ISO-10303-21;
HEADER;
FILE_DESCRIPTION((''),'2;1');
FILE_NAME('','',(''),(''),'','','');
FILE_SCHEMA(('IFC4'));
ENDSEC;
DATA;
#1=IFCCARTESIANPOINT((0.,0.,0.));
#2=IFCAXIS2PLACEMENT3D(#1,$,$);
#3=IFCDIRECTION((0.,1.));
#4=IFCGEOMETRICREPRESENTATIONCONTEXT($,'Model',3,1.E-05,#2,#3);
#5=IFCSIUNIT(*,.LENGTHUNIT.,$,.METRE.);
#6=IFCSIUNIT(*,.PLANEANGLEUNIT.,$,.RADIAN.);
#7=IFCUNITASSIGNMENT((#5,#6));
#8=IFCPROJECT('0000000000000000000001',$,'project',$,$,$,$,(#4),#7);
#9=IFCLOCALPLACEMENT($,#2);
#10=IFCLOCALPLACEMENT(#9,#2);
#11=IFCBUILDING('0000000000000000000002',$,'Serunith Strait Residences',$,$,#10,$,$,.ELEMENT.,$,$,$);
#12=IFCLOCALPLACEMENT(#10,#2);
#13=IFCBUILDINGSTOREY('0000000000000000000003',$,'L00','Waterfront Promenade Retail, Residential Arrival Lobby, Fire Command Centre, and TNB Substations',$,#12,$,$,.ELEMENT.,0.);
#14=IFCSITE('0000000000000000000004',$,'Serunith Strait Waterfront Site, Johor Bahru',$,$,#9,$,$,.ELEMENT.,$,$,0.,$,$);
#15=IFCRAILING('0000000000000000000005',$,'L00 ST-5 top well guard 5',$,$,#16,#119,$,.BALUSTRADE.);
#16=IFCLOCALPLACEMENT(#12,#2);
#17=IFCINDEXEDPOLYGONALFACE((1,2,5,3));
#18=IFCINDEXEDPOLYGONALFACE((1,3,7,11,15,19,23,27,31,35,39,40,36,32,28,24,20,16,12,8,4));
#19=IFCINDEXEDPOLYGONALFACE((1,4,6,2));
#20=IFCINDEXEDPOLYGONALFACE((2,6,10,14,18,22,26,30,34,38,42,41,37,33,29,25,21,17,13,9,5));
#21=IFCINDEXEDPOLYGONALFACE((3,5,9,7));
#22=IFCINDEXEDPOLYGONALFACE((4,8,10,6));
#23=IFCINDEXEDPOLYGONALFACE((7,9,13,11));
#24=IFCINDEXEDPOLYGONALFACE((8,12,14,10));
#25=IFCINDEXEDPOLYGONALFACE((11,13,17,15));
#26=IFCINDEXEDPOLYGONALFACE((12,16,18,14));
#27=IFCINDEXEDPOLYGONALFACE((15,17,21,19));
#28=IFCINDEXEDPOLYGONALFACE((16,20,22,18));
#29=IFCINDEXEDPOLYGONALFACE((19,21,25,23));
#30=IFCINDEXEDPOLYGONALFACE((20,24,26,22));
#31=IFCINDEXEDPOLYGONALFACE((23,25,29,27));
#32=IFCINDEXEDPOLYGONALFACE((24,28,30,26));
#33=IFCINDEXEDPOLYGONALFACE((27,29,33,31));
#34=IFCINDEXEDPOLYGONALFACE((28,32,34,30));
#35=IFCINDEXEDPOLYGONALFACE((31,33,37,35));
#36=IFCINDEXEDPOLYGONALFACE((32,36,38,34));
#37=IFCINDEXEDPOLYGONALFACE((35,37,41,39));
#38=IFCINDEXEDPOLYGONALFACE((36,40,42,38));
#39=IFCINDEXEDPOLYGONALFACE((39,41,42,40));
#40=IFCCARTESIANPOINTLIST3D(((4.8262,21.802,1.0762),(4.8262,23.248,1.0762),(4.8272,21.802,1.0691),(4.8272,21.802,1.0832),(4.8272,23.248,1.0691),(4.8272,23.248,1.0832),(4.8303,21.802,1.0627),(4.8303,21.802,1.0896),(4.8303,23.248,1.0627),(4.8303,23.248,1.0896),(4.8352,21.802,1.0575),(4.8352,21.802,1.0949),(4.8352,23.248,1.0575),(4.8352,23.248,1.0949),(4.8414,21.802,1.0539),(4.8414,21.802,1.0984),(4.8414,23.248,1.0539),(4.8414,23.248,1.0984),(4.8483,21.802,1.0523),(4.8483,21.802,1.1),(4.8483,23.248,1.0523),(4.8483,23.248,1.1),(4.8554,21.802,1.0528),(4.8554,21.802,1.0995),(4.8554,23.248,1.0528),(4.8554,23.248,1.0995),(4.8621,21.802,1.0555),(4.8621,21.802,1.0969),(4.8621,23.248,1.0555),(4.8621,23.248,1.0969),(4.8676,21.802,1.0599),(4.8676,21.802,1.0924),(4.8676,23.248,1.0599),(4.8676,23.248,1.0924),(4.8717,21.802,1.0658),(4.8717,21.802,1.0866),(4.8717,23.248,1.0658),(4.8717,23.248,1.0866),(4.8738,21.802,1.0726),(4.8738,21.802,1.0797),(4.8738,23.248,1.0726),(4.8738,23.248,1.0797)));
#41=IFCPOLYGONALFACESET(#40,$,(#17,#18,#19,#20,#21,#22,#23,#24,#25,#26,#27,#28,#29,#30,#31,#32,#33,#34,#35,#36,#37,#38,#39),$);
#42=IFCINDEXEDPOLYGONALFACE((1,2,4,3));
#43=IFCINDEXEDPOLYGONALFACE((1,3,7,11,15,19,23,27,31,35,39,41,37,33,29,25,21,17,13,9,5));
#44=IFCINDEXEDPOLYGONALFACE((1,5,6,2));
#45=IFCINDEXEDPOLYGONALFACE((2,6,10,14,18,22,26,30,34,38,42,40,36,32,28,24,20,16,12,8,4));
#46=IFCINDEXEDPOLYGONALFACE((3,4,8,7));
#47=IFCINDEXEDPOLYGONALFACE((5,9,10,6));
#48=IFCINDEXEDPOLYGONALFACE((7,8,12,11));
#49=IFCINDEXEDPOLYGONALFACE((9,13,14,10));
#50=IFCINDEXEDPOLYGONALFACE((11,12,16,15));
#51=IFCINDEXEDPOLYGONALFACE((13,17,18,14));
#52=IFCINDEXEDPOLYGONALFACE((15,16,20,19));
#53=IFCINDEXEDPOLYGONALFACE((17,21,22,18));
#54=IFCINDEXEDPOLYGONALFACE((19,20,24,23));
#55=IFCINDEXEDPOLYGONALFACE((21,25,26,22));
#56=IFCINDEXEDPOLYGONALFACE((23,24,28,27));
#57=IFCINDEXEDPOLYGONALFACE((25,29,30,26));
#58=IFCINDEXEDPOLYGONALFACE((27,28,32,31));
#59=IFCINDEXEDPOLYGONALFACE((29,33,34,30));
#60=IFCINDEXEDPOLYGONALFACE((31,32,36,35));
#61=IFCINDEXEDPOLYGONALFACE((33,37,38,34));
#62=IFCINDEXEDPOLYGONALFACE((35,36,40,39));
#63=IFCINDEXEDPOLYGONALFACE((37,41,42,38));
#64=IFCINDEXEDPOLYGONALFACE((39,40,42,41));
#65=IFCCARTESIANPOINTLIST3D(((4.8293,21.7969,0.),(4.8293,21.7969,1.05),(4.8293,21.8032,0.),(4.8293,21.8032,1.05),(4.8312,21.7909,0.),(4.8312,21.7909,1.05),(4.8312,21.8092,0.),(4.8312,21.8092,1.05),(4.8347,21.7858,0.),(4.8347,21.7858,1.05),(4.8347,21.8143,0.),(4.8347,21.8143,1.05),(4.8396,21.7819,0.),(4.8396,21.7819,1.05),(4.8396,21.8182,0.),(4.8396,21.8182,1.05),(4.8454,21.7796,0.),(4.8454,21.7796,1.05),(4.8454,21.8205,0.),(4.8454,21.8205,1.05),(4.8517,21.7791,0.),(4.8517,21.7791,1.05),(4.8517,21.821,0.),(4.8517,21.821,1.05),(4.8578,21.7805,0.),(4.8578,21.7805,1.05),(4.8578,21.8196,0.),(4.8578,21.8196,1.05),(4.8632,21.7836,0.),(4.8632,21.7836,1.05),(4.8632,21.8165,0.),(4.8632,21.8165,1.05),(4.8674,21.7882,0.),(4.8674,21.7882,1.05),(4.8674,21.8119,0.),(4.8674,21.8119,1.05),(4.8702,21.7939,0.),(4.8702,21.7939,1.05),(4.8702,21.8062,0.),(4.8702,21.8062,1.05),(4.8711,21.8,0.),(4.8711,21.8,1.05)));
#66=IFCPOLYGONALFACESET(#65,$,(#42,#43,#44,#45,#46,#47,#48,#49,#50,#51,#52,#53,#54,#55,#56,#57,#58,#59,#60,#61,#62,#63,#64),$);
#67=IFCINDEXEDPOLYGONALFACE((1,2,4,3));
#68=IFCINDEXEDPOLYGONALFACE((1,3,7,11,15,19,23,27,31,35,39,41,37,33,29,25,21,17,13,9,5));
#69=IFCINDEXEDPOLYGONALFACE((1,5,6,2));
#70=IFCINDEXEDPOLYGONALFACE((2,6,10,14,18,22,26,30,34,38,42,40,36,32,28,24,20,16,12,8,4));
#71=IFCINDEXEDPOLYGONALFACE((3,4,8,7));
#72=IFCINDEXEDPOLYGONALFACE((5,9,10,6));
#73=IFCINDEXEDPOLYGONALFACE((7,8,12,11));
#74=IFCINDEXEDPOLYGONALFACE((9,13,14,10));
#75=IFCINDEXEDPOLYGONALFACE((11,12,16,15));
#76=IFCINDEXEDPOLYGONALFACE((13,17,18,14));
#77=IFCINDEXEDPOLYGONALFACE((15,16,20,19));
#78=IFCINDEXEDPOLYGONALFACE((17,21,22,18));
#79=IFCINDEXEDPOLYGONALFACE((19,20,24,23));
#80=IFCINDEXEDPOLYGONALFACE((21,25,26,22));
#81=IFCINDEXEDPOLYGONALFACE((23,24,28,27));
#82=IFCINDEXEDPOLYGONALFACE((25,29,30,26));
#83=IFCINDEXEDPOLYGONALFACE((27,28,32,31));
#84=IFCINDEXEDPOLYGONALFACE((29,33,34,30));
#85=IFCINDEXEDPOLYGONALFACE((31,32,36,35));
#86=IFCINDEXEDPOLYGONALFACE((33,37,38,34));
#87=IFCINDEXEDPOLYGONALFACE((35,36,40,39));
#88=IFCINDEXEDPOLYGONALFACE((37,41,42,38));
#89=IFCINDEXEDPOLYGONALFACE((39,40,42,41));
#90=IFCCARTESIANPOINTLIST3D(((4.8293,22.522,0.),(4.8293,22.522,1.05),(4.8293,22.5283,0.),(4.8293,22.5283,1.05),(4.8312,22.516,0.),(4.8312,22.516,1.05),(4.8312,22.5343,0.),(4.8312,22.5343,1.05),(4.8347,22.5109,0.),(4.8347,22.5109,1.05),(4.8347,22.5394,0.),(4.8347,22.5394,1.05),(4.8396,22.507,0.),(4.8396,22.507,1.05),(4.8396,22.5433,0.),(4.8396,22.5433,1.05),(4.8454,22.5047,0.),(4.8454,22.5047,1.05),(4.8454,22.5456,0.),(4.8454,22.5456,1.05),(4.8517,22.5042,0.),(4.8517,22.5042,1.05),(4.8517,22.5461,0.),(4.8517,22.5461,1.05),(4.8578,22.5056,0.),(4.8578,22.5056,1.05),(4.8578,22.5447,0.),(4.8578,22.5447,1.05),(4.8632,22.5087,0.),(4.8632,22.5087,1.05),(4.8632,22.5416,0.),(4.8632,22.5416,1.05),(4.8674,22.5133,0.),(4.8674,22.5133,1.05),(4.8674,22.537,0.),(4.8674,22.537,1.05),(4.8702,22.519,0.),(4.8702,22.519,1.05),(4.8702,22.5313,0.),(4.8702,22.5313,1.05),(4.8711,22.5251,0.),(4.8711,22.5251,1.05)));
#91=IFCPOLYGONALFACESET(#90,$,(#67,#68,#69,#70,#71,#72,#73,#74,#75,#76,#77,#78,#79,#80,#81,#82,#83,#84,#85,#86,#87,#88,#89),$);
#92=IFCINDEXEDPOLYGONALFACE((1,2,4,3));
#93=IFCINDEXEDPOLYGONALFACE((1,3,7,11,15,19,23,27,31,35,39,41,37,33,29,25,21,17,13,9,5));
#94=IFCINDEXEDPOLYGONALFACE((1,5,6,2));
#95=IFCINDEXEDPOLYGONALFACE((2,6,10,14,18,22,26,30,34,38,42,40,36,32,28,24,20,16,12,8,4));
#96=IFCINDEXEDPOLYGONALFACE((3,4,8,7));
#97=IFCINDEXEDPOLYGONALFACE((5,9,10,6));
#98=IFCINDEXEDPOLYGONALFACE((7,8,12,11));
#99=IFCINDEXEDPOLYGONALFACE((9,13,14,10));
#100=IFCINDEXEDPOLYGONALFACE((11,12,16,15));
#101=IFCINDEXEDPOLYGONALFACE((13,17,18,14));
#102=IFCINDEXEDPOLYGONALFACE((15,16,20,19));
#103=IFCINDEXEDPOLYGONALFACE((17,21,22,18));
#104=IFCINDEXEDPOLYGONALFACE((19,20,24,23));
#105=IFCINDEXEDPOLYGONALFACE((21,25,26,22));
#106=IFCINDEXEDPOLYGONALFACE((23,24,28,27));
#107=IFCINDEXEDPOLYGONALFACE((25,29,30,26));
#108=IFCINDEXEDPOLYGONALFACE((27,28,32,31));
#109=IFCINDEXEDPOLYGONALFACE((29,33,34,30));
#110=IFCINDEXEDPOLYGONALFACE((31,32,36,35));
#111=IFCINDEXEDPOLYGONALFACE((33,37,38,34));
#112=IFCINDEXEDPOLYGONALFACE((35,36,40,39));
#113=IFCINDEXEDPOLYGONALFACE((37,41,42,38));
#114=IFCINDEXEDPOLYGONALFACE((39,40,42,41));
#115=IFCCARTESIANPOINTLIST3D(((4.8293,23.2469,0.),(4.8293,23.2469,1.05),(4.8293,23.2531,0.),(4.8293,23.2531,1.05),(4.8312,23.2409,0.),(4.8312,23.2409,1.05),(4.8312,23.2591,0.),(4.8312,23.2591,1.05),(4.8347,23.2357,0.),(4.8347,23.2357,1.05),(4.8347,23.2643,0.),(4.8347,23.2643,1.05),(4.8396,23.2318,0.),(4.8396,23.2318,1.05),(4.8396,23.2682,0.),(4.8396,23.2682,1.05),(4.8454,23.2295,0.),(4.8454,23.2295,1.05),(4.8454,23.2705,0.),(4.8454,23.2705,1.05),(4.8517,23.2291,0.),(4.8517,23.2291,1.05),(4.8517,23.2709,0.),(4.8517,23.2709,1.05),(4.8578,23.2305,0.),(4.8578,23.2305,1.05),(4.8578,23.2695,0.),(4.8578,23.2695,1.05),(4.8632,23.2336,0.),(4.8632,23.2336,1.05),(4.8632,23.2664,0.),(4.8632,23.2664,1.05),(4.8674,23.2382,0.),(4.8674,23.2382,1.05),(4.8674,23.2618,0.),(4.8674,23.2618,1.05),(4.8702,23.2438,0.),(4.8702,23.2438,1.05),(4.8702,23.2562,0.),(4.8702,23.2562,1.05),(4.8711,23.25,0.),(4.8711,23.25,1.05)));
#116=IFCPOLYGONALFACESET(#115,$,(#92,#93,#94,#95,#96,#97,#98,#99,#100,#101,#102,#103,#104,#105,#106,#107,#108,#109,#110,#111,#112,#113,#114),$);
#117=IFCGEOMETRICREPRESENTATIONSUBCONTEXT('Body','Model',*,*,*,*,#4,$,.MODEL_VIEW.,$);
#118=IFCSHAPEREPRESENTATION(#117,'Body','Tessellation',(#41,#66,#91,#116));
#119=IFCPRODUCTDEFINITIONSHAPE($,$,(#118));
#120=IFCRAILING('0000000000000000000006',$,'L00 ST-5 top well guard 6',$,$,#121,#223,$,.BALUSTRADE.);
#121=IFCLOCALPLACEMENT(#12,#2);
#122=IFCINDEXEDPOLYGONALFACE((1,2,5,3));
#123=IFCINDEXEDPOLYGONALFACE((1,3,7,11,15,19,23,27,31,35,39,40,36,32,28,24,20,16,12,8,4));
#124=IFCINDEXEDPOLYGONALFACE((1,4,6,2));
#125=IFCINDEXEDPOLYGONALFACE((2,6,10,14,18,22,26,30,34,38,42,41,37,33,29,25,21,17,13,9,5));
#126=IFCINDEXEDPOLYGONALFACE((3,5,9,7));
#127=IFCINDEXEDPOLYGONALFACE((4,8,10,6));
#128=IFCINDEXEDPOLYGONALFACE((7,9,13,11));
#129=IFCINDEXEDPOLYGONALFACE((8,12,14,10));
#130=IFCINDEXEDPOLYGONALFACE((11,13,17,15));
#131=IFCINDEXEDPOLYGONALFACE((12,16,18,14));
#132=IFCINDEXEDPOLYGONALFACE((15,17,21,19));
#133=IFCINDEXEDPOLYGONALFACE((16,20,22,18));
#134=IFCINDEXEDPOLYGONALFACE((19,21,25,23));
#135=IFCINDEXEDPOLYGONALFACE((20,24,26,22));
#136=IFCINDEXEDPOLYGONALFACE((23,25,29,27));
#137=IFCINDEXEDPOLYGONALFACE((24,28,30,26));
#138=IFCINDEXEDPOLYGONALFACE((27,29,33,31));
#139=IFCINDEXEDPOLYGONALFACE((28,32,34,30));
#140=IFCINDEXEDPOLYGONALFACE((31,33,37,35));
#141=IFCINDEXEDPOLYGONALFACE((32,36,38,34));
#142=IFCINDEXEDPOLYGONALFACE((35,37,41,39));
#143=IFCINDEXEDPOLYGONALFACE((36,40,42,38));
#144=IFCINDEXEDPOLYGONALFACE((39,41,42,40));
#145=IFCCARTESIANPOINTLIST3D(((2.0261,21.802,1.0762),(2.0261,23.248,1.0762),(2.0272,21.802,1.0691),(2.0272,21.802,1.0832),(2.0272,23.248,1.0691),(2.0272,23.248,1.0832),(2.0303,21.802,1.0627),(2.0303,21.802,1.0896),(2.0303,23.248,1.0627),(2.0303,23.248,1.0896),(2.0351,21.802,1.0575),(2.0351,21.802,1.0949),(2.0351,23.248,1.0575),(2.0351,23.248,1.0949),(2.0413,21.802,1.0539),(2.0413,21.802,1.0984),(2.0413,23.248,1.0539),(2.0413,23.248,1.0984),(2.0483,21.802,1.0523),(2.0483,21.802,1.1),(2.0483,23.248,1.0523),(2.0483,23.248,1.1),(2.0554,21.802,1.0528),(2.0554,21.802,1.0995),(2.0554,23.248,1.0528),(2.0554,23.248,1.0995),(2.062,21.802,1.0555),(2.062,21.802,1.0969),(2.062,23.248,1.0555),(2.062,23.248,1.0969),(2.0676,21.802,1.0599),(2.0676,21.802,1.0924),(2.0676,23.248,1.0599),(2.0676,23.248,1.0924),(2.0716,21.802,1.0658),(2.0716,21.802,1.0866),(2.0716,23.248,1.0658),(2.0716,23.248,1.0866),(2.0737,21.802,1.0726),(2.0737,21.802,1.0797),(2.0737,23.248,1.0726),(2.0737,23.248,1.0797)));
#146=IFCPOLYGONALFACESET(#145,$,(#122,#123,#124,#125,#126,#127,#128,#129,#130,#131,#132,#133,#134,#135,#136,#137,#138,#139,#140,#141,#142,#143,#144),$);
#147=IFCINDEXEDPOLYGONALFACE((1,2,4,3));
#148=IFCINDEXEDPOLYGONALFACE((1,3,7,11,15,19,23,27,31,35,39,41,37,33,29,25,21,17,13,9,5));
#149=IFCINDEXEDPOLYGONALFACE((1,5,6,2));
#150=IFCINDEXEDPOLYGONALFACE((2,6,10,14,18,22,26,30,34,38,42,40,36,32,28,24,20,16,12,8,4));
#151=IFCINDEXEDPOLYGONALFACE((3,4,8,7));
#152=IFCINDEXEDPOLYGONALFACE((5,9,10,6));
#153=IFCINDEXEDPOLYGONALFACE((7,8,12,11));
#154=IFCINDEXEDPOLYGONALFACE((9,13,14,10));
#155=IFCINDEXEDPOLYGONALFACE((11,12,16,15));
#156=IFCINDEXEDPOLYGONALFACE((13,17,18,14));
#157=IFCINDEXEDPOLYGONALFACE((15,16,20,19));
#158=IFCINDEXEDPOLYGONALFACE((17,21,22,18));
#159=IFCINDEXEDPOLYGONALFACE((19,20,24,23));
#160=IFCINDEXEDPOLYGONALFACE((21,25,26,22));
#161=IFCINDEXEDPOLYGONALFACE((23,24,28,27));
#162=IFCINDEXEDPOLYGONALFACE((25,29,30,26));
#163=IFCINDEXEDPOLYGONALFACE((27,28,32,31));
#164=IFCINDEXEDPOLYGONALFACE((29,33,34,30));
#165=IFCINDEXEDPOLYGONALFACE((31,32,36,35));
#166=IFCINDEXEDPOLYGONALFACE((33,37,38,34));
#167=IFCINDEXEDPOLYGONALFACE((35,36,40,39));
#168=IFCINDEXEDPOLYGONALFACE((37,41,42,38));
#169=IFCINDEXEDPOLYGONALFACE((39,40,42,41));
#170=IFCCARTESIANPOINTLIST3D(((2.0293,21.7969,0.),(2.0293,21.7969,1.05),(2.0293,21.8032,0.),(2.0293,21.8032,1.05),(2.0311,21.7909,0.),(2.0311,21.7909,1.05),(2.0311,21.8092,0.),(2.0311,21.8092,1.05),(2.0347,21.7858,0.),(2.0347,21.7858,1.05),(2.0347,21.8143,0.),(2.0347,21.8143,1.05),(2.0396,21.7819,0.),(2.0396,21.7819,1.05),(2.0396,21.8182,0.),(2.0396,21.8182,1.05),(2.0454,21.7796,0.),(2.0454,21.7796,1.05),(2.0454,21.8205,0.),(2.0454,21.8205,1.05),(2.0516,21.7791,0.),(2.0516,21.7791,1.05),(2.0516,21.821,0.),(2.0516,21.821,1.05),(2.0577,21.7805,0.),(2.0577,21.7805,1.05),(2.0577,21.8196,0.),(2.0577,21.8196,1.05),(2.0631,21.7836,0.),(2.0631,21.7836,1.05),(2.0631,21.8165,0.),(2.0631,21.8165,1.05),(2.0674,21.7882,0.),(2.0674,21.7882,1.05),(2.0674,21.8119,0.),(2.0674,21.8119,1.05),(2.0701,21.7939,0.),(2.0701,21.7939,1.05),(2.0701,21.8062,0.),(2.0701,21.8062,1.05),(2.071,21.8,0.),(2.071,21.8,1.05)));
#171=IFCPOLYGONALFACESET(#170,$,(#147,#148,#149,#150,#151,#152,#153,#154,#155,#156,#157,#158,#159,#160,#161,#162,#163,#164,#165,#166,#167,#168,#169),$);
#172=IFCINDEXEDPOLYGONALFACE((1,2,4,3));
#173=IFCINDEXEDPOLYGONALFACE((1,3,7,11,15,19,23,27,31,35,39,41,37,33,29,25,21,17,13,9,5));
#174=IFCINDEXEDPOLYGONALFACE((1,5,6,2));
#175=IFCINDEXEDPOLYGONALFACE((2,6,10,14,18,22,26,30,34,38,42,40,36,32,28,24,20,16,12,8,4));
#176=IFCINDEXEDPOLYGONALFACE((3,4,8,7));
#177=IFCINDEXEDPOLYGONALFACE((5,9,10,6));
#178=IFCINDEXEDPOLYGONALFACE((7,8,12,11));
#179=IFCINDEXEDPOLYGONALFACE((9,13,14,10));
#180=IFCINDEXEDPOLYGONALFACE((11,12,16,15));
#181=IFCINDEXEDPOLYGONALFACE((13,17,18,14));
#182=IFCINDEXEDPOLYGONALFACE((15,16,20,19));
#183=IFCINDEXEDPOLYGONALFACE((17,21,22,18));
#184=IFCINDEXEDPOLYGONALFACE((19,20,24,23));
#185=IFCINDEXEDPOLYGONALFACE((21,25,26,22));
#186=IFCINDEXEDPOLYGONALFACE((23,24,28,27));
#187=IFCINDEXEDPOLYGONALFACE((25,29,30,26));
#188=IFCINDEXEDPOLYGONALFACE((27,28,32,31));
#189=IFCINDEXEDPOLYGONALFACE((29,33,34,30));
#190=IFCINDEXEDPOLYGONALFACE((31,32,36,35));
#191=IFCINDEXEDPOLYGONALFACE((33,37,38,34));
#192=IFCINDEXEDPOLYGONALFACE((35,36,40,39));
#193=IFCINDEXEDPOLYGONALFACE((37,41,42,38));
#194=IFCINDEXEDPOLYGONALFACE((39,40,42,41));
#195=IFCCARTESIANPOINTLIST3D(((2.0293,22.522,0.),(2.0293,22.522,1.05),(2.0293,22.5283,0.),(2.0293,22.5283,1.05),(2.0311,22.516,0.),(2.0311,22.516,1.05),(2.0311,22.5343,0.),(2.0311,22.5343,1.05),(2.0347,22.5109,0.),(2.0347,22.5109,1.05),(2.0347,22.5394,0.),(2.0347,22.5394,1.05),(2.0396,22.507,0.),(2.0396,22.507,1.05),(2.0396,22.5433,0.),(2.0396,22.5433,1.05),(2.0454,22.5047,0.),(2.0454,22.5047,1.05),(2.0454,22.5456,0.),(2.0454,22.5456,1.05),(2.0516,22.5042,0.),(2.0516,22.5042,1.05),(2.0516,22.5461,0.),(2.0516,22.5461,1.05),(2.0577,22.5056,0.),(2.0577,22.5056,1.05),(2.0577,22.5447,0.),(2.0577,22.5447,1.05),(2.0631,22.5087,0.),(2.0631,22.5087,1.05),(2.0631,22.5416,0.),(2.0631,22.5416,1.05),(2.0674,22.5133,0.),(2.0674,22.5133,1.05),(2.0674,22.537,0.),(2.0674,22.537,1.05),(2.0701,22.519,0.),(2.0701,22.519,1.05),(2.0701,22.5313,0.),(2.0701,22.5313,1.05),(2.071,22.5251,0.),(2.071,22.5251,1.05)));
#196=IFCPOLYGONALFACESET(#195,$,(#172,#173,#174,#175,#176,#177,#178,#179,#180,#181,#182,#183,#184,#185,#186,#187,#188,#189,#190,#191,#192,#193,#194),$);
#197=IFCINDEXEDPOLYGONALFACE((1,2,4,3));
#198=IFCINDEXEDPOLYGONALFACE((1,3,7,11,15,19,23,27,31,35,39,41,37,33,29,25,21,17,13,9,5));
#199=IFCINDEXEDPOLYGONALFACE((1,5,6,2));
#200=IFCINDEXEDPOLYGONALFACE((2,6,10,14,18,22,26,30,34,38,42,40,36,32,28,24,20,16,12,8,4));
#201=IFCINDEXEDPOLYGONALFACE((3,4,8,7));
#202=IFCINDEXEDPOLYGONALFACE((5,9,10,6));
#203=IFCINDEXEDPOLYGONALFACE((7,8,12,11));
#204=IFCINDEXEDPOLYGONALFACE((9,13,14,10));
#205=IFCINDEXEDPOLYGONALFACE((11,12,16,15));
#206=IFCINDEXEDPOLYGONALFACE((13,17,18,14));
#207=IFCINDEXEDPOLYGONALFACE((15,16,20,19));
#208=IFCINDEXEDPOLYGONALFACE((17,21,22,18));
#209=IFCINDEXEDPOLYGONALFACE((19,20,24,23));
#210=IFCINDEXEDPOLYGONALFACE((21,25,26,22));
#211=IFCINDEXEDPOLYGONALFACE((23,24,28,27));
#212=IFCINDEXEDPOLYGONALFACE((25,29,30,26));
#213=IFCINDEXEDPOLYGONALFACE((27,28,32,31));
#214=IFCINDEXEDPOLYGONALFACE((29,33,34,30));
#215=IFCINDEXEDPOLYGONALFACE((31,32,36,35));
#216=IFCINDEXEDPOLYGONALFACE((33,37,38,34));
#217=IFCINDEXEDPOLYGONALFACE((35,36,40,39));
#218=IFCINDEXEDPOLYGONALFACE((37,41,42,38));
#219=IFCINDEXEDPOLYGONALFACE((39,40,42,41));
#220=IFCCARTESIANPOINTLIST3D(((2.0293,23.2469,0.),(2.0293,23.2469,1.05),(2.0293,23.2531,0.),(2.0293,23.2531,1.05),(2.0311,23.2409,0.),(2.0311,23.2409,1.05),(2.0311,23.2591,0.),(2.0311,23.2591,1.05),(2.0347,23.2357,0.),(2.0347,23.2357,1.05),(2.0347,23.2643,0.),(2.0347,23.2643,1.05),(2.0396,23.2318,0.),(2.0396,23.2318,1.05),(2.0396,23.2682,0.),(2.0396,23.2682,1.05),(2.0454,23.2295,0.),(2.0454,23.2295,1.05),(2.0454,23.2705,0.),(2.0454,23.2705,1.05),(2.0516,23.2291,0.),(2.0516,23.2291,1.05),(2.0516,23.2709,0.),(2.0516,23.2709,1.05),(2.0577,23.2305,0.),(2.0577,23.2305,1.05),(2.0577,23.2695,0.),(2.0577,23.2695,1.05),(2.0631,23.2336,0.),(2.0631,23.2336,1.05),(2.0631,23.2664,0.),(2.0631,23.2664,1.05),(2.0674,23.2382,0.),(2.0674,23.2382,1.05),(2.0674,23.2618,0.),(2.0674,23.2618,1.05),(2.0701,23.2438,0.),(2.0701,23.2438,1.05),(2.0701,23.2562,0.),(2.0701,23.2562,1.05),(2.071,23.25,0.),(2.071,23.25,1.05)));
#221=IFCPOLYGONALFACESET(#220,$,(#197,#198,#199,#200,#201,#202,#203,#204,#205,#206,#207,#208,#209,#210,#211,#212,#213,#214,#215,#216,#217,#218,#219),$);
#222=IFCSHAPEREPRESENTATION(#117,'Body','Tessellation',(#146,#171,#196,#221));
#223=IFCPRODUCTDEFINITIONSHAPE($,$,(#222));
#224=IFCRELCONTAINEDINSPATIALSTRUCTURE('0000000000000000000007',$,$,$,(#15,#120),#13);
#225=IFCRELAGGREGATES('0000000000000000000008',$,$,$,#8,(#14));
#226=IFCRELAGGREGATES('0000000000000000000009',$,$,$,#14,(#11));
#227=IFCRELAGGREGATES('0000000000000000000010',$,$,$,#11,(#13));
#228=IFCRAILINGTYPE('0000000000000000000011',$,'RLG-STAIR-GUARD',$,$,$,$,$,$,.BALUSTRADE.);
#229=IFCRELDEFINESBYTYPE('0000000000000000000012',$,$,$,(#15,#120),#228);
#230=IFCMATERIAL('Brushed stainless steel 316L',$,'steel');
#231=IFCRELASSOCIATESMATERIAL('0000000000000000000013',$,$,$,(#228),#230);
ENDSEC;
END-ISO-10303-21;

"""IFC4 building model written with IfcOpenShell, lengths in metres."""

from ifc_helpers import new_model, si_unit, direction, frame, origin, origin_2d, place, context, subcontext, project, spatial, circle, extrude, material, type_object, element, save


model = new_model("IFC4")

# Units and contexts
model_context = context("Model", 3, precision=1e-05, world=origin(), true_north=direction((0.0, 1.0)))
body_context = subcontext(model_context, "Body", "Model", "MODEL_VIEW")
ifc_project = project(units=[si_unit("LENGTHUNIT", "METRE"), si_unit("PLANEANGLEUNIT", "RADIAN")], contexts=[model_context])

# Site, building, storey
site_placement = place(None, origin())
site = spatial("IfcSite", under=ifc_project, at=site_placement, Name="Serunith Strait Waterfront Site, Johor Bahru", CompositionType="ELEMENT", RefElevation=0.0)
building_placement = place(site_placement, origin())
building = spatial("IfcBuilding", under=site, at=building_placement, Name="Serunith Strait Residences", CompositionType="ELEMENT")
storey_placement = place(building_placement, origin())
storey = spatial("IfcBuildingStorey", under=building, at=storey_placement, Name="L00", Description="Waterfront Promenade Retail, Residential Arrival Lobby, Fire Command Centre, and TNB Substations", CompositionType="ELEMENT", Elevation=0.0)

# Railings
ifc_material_1 = material(Name="Brushed stainless steel 316L", Category="steel")
railing_type = type_object("IfcRailingType", Name="RLG-STAIR-GUARD", PredefinedType="BALUSTRADE", material=ifc_material_1)
for number, where, name in (
    (1, (4.8501, 21.8, 0.0), "L00 ST-5 top well guard 5"),
    (2, (2.05, 21.8, 0.0), "L00 ST-5 top well guard 6"),
):
    element("IfcRailing", number, at=place(storey_placement, frame(where)), inside=storey, type_object=railing_type, Name=name, PredefinedType="BALUSTRADE", context=body_context, shape_type="SweptSolid", body=[
        extrude(circle(Radius=0.0239, at=origin_2d()), frame((0.0, 0.002, 1.0762), z_axis=(0.0, 1.0, 0.0), x_axis=(-1.0, 0.0, 0.0)), (0.0, 0.0, 1.0), 1.446),
        extrude(circle(Radius=0.021, at=origin_2d()), origin(), (0.0, 0.0, 1.0), 1.05),
        extrude(circle(Radius=0.021, at=origin_2d()), frame((0.0, 0.7251, 0.0)), (0.0, 0.0, 1.0), 1.05),
        extrude(circle(Radius=0.021, at=origin_2d()), frame((0.0, 1.45, 0.0)), (0.0, 0.0, 1.0), 1.05),
    ])

save(model, "model.ifc")
